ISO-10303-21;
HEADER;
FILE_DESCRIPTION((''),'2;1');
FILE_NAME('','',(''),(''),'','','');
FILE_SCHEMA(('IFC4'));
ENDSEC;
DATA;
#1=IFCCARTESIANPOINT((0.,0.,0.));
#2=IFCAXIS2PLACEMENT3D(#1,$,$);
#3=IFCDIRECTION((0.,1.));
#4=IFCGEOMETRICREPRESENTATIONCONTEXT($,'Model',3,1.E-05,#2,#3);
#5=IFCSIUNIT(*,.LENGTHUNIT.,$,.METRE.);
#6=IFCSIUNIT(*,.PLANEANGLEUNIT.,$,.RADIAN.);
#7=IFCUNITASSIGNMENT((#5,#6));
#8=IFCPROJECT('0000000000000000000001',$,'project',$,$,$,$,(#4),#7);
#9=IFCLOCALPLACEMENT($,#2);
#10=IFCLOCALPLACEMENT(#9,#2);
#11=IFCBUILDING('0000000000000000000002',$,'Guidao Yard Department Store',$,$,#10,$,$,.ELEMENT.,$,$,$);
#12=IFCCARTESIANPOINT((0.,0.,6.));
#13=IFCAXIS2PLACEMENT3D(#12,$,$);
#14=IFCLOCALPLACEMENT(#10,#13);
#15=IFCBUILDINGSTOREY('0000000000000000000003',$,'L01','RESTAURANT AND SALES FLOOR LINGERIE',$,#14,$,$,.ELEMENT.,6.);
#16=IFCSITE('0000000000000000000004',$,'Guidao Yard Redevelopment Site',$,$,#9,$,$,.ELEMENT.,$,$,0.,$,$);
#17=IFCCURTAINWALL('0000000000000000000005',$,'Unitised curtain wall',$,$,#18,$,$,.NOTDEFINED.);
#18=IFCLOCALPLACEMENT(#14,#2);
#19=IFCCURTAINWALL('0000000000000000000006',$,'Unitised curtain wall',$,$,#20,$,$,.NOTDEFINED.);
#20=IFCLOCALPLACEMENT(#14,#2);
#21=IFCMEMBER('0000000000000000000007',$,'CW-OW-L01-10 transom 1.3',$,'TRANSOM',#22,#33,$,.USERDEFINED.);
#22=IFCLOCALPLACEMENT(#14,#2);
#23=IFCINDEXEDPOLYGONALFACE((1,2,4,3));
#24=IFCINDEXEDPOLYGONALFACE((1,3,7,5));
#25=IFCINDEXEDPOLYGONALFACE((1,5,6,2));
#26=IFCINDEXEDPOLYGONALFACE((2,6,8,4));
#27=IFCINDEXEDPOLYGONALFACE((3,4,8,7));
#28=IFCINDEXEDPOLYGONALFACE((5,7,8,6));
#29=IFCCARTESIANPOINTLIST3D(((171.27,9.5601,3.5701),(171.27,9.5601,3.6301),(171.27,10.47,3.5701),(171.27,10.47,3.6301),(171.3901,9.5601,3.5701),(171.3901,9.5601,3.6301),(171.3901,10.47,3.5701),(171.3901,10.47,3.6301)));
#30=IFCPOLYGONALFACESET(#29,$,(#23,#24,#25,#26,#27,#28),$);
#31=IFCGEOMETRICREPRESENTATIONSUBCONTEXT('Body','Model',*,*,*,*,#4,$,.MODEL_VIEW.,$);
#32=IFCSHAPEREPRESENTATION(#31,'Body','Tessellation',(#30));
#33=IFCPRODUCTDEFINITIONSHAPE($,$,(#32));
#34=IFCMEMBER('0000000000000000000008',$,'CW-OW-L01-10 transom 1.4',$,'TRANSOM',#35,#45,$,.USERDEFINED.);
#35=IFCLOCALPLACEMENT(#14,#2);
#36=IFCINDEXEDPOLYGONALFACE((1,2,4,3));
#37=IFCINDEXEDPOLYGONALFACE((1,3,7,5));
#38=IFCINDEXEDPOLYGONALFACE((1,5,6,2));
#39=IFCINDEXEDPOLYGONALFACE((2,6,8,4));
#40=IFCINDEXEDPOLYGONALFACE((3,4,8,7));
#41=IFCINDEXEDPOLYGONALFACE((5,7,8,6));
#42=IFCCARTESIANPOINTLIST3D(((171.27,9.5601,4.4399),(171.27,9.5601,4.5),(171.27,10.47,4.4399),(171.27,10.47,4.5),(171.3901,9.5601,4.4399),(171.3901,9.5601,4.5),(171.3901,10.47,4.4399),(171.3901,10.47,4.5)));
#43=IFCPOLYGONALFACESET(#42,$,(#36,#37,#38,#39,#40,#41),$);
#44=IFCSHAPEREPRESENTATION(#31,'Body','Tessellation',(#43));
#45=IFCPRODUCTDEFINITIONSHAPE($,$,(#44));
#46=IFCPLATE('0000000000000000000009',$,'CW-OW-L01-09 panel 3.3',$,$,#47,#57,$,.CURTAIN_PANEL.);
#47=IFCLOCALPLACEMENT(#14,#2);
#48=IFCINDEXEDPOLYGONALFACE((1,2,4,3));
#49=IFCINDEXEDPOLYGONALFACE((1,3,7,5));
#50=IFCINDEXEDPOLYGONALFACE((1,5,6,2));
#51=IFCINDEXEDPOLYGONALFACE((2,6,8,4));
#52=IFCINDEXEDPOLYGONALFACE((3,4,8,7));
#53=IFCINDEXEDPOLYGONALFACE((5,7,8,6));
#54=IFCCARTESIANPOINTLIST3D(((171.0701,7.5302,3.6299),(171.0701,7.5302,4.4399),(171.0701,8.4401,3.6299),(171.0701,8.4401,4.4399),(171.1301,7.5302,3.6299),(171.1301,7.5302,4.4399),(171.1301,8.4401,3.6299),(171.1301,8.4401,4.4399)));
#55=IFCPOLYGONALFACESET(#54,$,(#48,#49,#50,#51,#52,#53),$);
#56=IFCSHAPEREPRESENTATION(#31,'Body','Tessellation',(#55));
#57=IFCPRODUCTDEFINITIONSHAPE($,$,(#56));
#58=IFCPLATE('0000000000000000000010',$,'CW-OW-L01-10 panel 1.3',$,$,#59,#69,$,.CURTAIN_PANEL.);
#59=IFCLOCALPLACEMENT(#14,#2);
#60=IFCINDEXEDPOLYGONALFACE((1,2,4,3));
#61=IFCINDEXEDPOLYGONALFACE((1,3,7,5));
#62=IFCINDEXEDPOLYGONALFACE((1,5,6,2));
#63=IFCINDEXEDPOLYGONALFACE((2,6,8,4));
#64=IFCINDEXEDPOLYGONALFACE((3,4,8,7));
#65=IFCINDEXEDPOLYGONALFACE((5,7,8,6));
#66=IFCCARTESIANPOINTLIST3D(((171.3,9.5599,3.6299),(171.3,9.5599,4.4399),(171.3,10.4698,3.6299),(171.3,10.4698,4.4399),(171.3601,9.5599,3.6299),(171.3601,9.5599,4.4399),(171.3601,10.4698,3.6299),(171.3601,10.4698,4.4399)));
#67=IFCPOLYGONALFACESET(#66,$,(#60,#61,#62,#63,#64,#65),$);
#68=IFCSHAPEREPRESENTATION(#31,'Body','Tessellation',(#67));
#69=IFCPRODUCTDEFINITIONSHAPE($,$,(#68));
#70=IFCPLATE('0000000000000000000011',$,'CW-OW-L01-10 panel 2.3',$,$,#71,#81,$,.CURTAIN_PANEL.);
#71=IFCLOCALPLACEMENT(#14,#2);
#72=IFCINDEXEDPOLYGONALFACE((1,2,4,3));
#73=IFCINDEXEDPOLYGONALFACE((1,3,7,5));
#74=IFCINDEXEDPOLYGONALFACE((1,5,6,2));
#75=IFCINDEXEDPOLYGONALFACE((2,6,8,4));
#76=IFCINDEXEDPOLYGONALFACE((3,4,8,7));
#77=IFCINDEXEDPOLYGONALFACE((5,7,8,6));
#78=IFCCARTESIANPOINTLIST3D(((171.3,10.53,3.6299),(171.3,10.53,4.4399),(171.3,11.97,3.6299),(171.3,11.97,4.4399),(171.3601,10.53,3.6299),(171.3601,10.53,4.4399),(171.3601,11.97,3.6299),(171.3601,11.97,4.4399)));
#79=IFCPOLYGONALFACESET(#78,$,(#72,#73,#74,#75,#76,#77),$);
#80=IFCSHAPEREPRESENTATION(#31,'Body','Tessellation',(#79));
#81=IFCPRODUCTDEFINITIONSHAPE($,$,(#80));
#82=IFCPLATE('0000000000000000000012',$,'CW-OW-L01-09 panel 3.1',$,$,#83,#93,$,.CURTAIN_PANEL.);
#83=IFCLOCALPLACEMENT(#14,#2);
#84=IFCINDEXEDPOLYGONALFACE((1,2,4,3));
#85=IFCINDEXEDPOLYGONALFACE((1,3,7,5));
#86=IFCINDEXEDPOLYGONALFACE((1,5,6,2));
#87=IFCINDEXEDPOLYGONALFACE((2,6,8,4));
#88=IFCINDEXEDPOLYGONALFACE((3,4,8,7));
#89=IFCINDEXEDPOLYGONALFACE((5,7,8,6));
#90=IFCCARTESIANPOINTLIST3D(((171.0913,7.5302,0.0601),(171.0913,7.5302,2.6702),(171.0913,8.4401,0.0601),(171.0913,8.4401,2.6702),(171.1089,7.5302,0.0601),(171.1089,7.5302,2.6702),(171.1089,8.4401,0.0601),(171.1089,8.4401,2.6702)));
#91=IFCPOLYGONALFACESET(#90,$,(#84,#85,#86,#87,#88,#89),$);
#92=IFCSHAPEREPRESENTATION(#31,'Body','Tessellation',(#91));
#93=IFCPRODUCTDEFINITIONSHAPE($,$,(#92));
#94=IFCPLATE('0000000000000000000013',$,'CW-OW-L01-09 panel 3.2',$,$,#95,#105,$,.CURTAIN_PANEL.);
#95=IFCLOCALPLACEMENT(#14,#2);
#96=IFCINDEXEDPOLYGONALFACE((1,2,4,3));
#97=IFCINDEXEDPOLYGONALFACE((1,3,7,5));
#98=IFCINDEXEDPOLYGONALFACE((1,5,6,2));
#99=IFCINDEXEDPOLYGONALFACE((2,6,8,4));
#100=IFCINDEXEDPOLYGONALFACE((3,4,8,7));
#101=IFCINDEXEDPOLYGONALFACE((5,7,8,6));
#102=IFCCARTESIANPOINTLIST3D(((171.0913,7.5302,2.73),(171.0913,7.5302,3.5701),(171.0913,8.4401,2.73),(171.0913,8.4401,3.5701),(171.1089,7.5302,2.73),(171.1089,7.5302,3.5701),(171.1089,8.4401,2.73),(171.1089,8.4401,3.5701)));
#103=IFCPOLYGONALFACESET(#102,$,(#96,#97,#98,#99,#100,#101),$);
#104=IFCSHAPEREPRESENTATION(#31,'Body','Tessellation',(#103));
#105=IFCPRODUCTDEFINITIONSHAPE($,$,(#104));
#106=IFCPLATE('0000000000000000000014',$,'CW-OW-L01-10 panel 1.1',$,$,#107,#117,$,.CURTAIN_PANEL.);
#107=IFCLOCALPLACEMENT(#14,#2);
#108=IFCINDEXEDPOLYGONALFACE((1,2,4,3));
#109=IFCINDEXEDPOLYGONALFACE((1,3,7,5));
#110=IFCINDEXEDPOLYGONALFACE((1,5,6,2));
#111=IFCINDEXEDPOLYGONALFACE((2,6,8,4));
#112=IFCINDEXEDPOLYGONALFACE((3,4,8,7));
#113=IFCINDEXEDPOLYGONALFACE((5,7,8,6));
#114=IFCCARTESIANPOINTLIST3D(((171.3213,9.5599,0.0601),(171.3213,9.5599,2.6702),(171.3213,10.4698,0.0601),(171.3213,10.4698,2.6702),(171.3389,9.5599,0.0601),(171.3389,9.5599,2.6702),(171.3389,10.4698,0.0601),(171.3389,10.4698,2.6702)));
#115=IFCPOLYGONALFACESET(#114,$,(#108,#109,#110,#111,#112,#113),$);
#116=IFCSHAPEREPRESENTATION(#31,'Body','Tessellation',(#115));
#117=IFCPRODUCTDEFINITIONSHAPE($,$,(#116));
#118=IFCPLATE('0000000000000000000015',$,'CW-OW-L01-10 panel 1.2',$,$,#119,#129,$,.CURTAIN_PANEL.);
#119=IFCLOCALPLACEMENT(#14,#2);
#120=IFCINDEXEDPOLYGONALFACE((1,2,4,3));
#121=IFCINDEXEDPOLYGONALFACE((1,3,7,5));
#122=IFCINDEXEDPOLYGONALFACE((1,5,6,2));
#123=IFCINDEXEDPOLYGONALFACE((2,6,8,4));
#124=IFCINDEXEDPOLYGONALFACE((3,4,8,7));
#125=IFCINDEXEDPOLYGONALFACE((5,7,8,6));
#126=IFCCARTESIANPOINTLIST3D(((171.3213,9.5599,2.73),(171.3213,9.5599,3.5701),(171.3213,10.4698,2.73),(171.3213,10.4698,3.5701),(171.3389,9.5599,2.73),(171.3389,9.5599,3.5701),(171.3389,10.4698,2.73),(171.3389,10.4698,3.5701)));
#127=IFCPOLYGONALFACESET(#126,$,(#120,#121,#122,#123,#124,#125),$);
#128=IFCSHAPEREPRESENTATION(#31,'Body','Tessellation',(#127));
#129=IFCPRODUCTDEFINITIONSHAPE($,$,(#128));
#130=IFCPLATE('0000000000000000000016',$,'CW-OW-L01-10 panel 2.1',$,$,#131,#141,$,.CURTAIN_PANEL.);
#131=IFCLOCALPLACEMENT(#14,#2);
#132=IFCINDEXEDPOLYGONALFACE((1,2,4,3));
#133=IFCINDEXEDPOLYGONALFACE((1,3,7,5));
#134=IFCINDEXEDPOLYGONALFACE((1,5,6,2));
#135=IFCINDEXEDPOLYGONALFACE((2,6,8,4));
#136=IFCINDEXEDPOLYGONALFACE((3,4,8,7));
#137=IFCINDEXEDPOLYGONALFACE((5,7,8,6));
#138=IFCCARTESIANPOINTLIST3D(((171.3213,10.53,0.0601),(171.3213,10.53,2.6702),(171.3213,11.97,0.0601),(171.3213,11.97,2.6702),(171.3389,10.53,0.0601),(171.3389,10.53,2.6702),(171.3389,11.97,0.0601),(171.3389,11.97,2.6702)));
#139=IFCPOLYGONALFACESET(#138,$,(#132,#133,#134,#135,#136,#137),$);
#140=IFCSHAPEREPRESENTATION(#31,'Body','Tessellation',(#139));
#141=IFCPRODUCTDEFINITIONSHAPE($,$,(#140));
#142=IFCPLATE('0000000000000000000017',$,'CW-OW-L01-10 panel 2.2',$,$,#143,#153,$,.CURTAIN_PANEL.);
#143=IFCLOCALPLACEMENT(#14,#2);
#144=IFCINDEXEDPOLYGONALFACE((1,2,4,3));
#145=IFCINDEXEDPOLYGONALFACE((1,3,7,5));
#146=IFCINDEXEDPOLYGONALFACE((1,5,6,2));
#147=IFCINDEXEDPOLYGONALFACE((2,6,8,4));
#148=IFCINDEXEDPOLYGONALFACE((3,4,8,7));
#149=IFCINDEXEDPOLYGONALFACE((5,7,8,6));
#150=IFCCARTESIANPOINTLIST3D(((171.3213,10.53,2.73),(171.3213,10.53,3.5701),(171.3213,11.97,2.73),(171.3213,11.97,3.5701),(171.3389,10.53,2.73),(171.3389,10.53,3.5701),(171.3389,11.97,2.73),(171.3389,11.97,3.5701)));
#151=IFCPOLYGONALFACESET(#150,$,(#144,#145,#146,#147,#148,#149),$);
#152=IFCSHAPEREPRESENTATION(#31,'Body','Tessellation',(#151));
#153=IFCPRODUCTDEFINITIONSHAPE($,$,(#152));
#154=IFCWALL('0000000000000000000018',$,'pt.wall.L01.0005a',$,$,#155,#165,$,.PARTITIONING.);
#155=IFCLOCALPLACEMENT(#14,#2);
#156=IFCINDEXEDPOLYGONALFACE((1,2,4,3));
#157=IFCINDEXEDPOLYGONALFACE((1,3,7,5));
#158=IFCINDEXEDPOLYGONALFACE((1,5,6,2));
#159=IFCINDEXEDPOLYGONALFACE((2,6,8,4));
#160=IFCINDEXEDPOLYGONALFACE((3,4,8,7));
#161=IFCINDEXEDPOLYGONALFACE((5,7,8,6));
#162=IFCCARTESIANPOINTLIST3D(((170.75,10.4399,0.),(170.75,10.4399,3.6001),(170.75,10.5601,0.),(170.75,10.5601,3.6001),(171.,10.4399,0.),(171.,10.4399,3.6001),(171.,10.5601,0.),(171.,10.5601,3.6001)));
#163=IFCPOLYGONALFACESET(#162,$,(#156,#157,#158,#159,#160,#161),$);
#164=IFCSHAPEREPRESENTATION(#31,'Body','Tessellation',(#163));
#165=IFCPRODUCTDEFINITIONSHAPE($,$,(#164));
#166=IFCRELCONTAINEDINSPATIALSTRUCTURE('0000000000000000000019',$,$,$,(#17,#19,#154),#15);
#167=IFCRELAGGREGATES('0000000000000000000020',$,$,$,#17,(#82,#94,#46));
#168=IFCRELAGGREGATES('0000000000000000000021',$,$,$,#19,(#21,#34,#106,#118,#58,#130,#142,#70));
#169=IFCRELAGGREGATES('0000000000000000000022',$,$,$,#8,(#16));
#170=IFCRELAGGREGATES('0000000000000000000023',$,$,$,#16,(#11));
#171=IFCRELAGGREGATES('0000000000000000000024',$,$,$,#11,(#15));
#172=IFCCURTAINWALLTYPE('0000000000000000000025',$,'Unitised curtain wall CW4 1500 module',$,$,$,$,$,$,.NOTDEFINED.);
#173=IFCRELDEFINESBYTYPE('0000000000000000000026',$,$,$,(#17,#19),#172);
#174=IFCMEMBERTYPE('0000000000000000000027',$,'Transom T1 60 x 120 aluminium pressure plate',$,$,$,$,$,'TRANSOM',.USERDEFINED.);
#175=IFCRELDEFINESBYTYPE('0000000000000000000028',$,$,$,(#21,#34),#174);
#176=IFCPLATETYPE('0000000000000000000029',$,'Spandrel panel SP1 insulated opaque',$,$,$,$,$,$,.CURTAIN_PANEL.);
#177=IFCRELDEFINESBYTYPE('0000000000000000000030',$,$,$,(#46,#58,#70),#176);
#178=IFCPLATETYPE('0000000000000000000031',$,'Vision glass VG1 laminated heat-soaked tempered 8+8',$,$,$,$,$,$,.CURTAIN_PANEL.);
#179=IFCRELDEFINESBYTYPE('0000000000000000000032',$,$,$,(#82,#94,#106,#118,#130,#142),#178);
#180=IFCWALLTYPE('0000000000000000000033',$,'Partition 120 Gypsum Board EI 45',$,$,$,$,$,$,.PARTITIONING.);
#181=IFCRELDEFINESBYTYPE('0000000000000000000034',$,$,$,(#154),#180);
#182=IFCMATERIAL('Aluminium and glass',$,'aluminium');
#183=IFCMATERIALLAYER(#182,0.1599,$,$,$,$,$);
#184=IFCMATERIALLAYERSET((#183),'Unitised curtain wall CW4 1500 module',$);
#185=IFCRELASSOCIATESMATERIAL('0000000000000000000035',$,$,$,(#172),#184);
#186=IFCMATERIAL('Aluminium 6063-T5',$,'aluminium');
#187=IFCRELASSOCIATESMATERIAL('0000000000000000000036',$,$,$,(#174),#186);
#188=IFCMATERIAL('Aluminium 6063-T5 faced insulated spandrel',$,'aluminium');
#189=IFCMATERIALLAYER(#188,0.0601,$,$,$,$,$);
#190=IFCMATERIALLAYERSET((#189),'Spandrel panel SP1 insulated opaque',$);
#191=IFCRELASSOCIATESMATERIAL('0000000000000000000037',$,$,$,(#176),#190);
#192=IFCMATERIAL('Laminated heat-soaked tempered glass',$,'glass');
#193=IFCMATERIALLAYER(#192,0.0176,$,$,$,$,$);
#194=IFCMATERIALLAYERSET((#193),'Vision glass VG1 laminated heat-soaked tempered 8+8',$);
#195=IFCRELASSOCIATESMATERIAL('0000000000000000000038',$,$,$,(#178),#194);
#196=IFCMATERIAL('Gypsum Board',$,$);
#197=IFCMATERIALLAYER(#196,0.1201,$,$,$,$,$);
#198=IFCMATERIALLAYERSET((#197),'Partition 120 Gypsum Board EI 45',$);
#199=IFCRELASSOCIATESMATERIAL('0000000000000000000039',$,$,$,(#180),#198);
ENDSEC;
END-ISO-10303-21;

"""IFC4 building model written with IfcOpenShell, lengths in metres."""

from ifc_helpers import new_model, si_unit, direction, frame, frame_2d, origin, origin_2d, place, context, subcontext, project, spatial, rectangle, extrude, material, layer, layer_set, material_profile, profile_set, type_object, element, aggregate, save


model = new_model("IFC4")

# Units and contexts
model_context = context("Model", 3, precision=1e-05, world=origin(), true_north=direction((0.0, 1.0)))
body_context = subcontext(model_context, "Body", "Model", "MODEL_VIEW")
ifc_project = project(units=[si_unit("LENGTHUNIT", "METRE"), si_unit("PLANEANGLEUNIT", "RADIAN")], contexts=[model_context])

# Site, building, storey
site_placement = place(None, origin())
site = spatial("IfcSite", under=ifc_project, at=site_placement, Name="Guidao Yard Redevelopment Site", CompositionType="ELEMENT", RefElevation=0.0)
building_placement = place(site_placement, origin())
building = spatial("IfcBuilding", under=site, at=building_placement, Name="Guidao Yard Department Store", CompositionType="ELEMENT")
storey_placement = place(building_placement, frame((0.0, 0.0, 6.0)))
storey = spatial("IfcBuildingStorey", under=building, at=storey_placement, Name="L01", Description="RESTAURANT AND SALES FLOOR LINGERIE", CompositionType="ELEMENT", Elevation=6.0)

# Curtain walls
ifc_material_1 = material(Name="Aluminium and glass", Category="aluminium")
ifc_layer_1 = layer(ifc_material_1, 0.1599)
ifc_layer_set_1 = layer_set([ifc_layer_1], Name="Unitised curtain wall CW4 1500 module")
curtain_wall_type = type_object("IfcCurtainWallType", Name="Unitised curtain wall CW4 1500 module", PredefinedType="NOTDEFINED", material=ifc_layer_set_1)
curtain_wall_1_placement = place(storey_placement, origin())
curtain_wall_1 = element("IfcCurtainWall", 1, at=curtain_wall_1_placement, inside=storey, type_object=curtain_wall_type, Name="Unitised curtain wall", PredefinedType="NOTDEFINED")
curtain_wall_2_placement = place(storey_placement, origin())
curtain_wall_2 = element("IfcCurtainWall", 2, at=curtain_wall_2_placement, inside=storey, type_object=curtain_wall_type, Name="Unitised curtain wall", PredefinedType="NOTDEFINED")

# Members
ifc_material_2 = material(Name="Aluminium 6063-T5", Category="aluminium")
ifc_material_profile_1 = material_profile(ifc_material_2, rectangle(XDim=0.1201, YDim=0.0601, at=origin_2d()), Name="Transom T1 60 x 120 aluminium pressure plate")
ifc_profile_set_1 = profile_set([ifc_material_profile_1], Name="Aluminium 6063-T5")
member_type_1 = type_object("IfcMemberType", Name="Transom T1 60 x 120 aluminium pressure plate", ElementType="TRANSOM", PredefinedType="USERDEFINED", material=ifc_profile_set_1)
member_1_placement = place(storey_placement, frame((171.3301, 10.47, 3.6001), z_axis=(0.0, -1.0, 0.0), x_axis=(1.0, 0.0, 0.0)))
member_1 = element("IfcMember", 3, at=member_1_placement, type_object=member_type_1, Name="CW-OW-L01-10 transom 1.3", ObjectType="TRANSOM", PredefinedType="USERDEFINED", context=body_context, shape_type="SweptSolid", body=[
    extrude(rectangle(XDim=0.1201, YDim=0.0601, at=origin_2d()), origin(), (0.0, 0.0, 1.0), 0.9099),
])
member_2_placement = place(storey_placement, frame((171.3301, 10.47, 4.47), z_axis=(0.0, -1.0, 0.0), x_axis=(1.0, 0.0, 0.0)))
member_2 = element("IfcMember", 4, at=member_2_placement, type_object=member_type_1, Name="CW-OW-L01-10 transom 1.4", ObjectType="TRANSOM", PredefinedType="USERDEFINED", context=body_context, shape_type="SweptSolid", body=[
    extrude(rectangle(XDim=0.1201, YDim=0.0601, at=origin_2d()), origin(), (0.0, 0.0, 1.0), 0.9099),
])

# Plates
ifc_material_3 = material(Name="Aluminium 6063-T5 faced insulated spandrel", Category="aluminium")
ifc_layer_2 = layer(ifc_material_3, 0.0601)
ifc_layer_set_2 = layer_set([ifc_layer_2], Name="Spandrel panel SP1 insulated opaque")
plate_type_1 = type_object("IfcPlateType", Name="Spandrel panel SP1 insulated opaque", PredefinedType="CURTAIN_PANEL", material=ifc_layer_set_2)
plate_1_placement = place(storey_placement, frame((171.1001, 7.9851, 3.6299), z_axis=(0.0, 0.0, 1.0), x_axis=(0.0, -1.0, 0.0)))
plate_1 = element("IfcPlate", 5, at=plate_1_placement, type_object=plate_type_1, Name="CW-OW-L01-09 panel 3.3", PredefinedType="CURTAIN_PANEL", context=body_context, shape_type="SweptSolid", body=[
    extrude(rectangle(XDim=0.9099, YDim=0.0601, at=origin_2d()), origin(), (0.0, 0.0, 1.0), 0.8101),
])
plate_2_placement = place(storey_placement, frame((171.3301, 10.0149, 3.6299), z_axis=(0.0, 0.0, 1.0), x_axis=(0.0, -1.0, 0.0)))
plate_2 = element("IfcPlate", 6, at=plate_2_placement, type_object=plate_type_1, Name="CW-OW-L01-10 panel 1.3", PredefinedType="CURTAIN_PANEL", context=body_context, shape_type="SweptSolid", body=[
    extrude(rectangle(XDim=0.9099, YDim=0.0601, at=origin_2d()), origin(), (0.0, 0.0, 1.0), 0.8101),
])
plate_3_placement = place(storey_placement, frame((171.3301, 11.25, 3.6299), z_axis=(0.0, 0.0, 1.0), x_axis=(0.0, -1.0, 0.0)))
plate_3 = element("IfcPlate", 7, at=plate_3_placement, type_object=plate_type_1, Name="CW-OW-L01-10 panel 2.3", PredefinedType="CURTAIN_PANEL", context=body_context, shape_type="SweptSolid", body=[
    extrude(rectangle(XDim=1.4399, YDim=0.0601, at=origin_2d()), origin(), (0.0, 0.0, 1.0), 0.8101),
])
ifc_material_4 = material(Name="Laminated heat-soaked tempered glass", Category="glass")
ifc_layer_3 = layer(ifc_material_4, 0.0176)
ifc_layer_set_3 = layer_set([ifc_layer_3], Name="Vision glass VG1 laminated heat-soaked tempered 8+8")
plate_type_2 = type_object("IfcPlateType", Name="Vision glass VG1 laminated heat-soaked tempered 8+8", PredefinedType="CURTAIN_PANEL", material=ifc_layer_set_3)
plate_4_placement = place(storey_placement, frame((171.1001, 7.9851, 0.0601), z_axis=(0.0, 0.0, 1.0), x_axis=(0.0, -1.0, 0.0)))
plate_4 = element("IfcPlate", 8, at=plate_4_placement, type_object=plate_type_2, Name="CW-OW-L01-09 panel 3.1", PredefinedType="CURTAIN_PANEL", context=body_context, shape_type="SweptSolid", body=[
    extrude(rectangle(XDim=0.9099, YDim=0.0176, at=origin_2d()), origin(), (0.0, 0.0, 1.0), 2.6101),
])
plate_5_placement = place(storey_placement, frame((171.1001, 7.9851, 2.73), z_axis=(0.0, 0.0, 1.0), x_axis=(0.0, -1.0, 0.0)))
plate_5 = element("IfcPlate", 9, at=plate_5_placement, type_object=plate_type_2, Name="CW-OW-L01-09 panel 3.2", PredefinedType="CURTAIN_PANEL", context=body_context, shape_type="SweptSolid", body=[
    extrude(rectangle(XDim=0.9099, YDim=0.0176, at=origin_2d()), origin(), (0.0, 0.0, 1.0), 0.8401),
])
aggregate(curtain_wall_1, [plate_4, plate_5, plate_1])
plate_6_placement = place(storey_placement, frame((171.3301, 10.0149, 0.0601), z_axis=(0.0, 0.0, 1.0), x_axis=(0.0, -1.0, 0.0)))
plate_6 = element("IfcPlate", 10, at=plate_6_placement, type_object=plate_type_2, Name="CW-OW-L01-10 panel 1.1", PredefinedType="CURTAIN_PANEL", context=body_context, shape_type="SweptSolid", body=[
    extrude(rectangle(XDim=0.9099, YDim=0.0176, at=origin_2d()), origin(), (0.0, 0.0, 1.0), 2.6101),
])
plate_7_placement = place(storey_placement, frame((171.3301, 10.0149, 2.73), z_axis=(0.0, 0.0, 1.0), x_axis=(0.0, -1.0, 0.0)))
plate_7 = element("IfcPlate", 11, at=plate_7_placement, type_object=plate_type_2, Name="CW-OW-L01-10 panel 1.2", PredefinedType="CURTAIN_PANEL", context=body_context, shape_type="SweptSolid", body=[
    extrude(rectangle(XDim=0.9099, YDim=0.0176, at=origin_2d()), origin(), (0.0, 0.0, 1.0), 0.8401),
])
plate_8_placement = place(storey_placement, frame((171.3301, 11.25, 0.0601), z_axis=(0.0, 0.0, 1.0), x_axis=(0.0, -1.0, 0.0)))
plate_8 = element("IfcPlate", 12, at=plate_8_placement, type_object=plate_type_2, Name="CW-OW-L01-10 panel 2.1", PredefinedType="CURTAIN_PANEL", context=body_context, shape_type="SweptSolid", body=[
    extrude(rectangle(XDim=1.4399, YDim=0.0176, at=origin_2d()), origin(), (0.0, 0.0, 1.0), 2.6101),
])
plate_9_placement = place(storey_placement, frame((171.3301, 11.25, 2.73), z_axis=(0.0, 0.0, 1.0), x_axis=(0.0, -1.0, 0.0)))
plate_9 = element("IfcPlate", 13, at=plate_9_placement, type_object=plate_type_2, Name="CW-OW-L01-10 panel 2.2", PredefinedType="CURTAIN_PANEL", context=body_context, shape_type="SweptSolid", body=[
    extrude(rectangle(XDim=1.4399, YDim=0.0176, at=origin_2d()), origin(), (0.0, 0.0, 1.0), 0.8401),
])
aggregate(curtain_wall_2, [member_1, member_2, plate_6, plate_7, plate_2, plate_8, plate_9, plate_3])

# Wall
ifc_material_5 = material(Name="Gypsum Board")
ifc_layer_4 = layer(ifc_material_5, 0.1201)
ifc_layer_set_4 = layer_set([ifc_layer_4], Name="Partition 120 Gypsum Board EI 45")
wall_type = type_object("IfcWallType", Name="Partition 120 Gypsum Board EI 45", PredefinedType="PARTITIONING", material=ifc_layer_set_4)
wall_placement = place(storey_placement, frame((170.75, 10.5, 0.0), z_axis=(0.0, 0.0, 1.0), x_axis=(1.0, 0.0, 0.0)))
element("IfcWall", 14, at=wall_placement, inside=storey, type_object=wall_type, Name="pt.wall.L01.0005a", PredefinedType="PARTITIONING", context=body_context, shape_type="SweptSolid", body=[
    extrude(rectangle(XDim=0.25, YDim=0.1201, at=frame_2d((0.125, 0.0))), origin(), (0.0, 0.0, 1.0), 3.6001),
])

save(model, "model.ifc")
